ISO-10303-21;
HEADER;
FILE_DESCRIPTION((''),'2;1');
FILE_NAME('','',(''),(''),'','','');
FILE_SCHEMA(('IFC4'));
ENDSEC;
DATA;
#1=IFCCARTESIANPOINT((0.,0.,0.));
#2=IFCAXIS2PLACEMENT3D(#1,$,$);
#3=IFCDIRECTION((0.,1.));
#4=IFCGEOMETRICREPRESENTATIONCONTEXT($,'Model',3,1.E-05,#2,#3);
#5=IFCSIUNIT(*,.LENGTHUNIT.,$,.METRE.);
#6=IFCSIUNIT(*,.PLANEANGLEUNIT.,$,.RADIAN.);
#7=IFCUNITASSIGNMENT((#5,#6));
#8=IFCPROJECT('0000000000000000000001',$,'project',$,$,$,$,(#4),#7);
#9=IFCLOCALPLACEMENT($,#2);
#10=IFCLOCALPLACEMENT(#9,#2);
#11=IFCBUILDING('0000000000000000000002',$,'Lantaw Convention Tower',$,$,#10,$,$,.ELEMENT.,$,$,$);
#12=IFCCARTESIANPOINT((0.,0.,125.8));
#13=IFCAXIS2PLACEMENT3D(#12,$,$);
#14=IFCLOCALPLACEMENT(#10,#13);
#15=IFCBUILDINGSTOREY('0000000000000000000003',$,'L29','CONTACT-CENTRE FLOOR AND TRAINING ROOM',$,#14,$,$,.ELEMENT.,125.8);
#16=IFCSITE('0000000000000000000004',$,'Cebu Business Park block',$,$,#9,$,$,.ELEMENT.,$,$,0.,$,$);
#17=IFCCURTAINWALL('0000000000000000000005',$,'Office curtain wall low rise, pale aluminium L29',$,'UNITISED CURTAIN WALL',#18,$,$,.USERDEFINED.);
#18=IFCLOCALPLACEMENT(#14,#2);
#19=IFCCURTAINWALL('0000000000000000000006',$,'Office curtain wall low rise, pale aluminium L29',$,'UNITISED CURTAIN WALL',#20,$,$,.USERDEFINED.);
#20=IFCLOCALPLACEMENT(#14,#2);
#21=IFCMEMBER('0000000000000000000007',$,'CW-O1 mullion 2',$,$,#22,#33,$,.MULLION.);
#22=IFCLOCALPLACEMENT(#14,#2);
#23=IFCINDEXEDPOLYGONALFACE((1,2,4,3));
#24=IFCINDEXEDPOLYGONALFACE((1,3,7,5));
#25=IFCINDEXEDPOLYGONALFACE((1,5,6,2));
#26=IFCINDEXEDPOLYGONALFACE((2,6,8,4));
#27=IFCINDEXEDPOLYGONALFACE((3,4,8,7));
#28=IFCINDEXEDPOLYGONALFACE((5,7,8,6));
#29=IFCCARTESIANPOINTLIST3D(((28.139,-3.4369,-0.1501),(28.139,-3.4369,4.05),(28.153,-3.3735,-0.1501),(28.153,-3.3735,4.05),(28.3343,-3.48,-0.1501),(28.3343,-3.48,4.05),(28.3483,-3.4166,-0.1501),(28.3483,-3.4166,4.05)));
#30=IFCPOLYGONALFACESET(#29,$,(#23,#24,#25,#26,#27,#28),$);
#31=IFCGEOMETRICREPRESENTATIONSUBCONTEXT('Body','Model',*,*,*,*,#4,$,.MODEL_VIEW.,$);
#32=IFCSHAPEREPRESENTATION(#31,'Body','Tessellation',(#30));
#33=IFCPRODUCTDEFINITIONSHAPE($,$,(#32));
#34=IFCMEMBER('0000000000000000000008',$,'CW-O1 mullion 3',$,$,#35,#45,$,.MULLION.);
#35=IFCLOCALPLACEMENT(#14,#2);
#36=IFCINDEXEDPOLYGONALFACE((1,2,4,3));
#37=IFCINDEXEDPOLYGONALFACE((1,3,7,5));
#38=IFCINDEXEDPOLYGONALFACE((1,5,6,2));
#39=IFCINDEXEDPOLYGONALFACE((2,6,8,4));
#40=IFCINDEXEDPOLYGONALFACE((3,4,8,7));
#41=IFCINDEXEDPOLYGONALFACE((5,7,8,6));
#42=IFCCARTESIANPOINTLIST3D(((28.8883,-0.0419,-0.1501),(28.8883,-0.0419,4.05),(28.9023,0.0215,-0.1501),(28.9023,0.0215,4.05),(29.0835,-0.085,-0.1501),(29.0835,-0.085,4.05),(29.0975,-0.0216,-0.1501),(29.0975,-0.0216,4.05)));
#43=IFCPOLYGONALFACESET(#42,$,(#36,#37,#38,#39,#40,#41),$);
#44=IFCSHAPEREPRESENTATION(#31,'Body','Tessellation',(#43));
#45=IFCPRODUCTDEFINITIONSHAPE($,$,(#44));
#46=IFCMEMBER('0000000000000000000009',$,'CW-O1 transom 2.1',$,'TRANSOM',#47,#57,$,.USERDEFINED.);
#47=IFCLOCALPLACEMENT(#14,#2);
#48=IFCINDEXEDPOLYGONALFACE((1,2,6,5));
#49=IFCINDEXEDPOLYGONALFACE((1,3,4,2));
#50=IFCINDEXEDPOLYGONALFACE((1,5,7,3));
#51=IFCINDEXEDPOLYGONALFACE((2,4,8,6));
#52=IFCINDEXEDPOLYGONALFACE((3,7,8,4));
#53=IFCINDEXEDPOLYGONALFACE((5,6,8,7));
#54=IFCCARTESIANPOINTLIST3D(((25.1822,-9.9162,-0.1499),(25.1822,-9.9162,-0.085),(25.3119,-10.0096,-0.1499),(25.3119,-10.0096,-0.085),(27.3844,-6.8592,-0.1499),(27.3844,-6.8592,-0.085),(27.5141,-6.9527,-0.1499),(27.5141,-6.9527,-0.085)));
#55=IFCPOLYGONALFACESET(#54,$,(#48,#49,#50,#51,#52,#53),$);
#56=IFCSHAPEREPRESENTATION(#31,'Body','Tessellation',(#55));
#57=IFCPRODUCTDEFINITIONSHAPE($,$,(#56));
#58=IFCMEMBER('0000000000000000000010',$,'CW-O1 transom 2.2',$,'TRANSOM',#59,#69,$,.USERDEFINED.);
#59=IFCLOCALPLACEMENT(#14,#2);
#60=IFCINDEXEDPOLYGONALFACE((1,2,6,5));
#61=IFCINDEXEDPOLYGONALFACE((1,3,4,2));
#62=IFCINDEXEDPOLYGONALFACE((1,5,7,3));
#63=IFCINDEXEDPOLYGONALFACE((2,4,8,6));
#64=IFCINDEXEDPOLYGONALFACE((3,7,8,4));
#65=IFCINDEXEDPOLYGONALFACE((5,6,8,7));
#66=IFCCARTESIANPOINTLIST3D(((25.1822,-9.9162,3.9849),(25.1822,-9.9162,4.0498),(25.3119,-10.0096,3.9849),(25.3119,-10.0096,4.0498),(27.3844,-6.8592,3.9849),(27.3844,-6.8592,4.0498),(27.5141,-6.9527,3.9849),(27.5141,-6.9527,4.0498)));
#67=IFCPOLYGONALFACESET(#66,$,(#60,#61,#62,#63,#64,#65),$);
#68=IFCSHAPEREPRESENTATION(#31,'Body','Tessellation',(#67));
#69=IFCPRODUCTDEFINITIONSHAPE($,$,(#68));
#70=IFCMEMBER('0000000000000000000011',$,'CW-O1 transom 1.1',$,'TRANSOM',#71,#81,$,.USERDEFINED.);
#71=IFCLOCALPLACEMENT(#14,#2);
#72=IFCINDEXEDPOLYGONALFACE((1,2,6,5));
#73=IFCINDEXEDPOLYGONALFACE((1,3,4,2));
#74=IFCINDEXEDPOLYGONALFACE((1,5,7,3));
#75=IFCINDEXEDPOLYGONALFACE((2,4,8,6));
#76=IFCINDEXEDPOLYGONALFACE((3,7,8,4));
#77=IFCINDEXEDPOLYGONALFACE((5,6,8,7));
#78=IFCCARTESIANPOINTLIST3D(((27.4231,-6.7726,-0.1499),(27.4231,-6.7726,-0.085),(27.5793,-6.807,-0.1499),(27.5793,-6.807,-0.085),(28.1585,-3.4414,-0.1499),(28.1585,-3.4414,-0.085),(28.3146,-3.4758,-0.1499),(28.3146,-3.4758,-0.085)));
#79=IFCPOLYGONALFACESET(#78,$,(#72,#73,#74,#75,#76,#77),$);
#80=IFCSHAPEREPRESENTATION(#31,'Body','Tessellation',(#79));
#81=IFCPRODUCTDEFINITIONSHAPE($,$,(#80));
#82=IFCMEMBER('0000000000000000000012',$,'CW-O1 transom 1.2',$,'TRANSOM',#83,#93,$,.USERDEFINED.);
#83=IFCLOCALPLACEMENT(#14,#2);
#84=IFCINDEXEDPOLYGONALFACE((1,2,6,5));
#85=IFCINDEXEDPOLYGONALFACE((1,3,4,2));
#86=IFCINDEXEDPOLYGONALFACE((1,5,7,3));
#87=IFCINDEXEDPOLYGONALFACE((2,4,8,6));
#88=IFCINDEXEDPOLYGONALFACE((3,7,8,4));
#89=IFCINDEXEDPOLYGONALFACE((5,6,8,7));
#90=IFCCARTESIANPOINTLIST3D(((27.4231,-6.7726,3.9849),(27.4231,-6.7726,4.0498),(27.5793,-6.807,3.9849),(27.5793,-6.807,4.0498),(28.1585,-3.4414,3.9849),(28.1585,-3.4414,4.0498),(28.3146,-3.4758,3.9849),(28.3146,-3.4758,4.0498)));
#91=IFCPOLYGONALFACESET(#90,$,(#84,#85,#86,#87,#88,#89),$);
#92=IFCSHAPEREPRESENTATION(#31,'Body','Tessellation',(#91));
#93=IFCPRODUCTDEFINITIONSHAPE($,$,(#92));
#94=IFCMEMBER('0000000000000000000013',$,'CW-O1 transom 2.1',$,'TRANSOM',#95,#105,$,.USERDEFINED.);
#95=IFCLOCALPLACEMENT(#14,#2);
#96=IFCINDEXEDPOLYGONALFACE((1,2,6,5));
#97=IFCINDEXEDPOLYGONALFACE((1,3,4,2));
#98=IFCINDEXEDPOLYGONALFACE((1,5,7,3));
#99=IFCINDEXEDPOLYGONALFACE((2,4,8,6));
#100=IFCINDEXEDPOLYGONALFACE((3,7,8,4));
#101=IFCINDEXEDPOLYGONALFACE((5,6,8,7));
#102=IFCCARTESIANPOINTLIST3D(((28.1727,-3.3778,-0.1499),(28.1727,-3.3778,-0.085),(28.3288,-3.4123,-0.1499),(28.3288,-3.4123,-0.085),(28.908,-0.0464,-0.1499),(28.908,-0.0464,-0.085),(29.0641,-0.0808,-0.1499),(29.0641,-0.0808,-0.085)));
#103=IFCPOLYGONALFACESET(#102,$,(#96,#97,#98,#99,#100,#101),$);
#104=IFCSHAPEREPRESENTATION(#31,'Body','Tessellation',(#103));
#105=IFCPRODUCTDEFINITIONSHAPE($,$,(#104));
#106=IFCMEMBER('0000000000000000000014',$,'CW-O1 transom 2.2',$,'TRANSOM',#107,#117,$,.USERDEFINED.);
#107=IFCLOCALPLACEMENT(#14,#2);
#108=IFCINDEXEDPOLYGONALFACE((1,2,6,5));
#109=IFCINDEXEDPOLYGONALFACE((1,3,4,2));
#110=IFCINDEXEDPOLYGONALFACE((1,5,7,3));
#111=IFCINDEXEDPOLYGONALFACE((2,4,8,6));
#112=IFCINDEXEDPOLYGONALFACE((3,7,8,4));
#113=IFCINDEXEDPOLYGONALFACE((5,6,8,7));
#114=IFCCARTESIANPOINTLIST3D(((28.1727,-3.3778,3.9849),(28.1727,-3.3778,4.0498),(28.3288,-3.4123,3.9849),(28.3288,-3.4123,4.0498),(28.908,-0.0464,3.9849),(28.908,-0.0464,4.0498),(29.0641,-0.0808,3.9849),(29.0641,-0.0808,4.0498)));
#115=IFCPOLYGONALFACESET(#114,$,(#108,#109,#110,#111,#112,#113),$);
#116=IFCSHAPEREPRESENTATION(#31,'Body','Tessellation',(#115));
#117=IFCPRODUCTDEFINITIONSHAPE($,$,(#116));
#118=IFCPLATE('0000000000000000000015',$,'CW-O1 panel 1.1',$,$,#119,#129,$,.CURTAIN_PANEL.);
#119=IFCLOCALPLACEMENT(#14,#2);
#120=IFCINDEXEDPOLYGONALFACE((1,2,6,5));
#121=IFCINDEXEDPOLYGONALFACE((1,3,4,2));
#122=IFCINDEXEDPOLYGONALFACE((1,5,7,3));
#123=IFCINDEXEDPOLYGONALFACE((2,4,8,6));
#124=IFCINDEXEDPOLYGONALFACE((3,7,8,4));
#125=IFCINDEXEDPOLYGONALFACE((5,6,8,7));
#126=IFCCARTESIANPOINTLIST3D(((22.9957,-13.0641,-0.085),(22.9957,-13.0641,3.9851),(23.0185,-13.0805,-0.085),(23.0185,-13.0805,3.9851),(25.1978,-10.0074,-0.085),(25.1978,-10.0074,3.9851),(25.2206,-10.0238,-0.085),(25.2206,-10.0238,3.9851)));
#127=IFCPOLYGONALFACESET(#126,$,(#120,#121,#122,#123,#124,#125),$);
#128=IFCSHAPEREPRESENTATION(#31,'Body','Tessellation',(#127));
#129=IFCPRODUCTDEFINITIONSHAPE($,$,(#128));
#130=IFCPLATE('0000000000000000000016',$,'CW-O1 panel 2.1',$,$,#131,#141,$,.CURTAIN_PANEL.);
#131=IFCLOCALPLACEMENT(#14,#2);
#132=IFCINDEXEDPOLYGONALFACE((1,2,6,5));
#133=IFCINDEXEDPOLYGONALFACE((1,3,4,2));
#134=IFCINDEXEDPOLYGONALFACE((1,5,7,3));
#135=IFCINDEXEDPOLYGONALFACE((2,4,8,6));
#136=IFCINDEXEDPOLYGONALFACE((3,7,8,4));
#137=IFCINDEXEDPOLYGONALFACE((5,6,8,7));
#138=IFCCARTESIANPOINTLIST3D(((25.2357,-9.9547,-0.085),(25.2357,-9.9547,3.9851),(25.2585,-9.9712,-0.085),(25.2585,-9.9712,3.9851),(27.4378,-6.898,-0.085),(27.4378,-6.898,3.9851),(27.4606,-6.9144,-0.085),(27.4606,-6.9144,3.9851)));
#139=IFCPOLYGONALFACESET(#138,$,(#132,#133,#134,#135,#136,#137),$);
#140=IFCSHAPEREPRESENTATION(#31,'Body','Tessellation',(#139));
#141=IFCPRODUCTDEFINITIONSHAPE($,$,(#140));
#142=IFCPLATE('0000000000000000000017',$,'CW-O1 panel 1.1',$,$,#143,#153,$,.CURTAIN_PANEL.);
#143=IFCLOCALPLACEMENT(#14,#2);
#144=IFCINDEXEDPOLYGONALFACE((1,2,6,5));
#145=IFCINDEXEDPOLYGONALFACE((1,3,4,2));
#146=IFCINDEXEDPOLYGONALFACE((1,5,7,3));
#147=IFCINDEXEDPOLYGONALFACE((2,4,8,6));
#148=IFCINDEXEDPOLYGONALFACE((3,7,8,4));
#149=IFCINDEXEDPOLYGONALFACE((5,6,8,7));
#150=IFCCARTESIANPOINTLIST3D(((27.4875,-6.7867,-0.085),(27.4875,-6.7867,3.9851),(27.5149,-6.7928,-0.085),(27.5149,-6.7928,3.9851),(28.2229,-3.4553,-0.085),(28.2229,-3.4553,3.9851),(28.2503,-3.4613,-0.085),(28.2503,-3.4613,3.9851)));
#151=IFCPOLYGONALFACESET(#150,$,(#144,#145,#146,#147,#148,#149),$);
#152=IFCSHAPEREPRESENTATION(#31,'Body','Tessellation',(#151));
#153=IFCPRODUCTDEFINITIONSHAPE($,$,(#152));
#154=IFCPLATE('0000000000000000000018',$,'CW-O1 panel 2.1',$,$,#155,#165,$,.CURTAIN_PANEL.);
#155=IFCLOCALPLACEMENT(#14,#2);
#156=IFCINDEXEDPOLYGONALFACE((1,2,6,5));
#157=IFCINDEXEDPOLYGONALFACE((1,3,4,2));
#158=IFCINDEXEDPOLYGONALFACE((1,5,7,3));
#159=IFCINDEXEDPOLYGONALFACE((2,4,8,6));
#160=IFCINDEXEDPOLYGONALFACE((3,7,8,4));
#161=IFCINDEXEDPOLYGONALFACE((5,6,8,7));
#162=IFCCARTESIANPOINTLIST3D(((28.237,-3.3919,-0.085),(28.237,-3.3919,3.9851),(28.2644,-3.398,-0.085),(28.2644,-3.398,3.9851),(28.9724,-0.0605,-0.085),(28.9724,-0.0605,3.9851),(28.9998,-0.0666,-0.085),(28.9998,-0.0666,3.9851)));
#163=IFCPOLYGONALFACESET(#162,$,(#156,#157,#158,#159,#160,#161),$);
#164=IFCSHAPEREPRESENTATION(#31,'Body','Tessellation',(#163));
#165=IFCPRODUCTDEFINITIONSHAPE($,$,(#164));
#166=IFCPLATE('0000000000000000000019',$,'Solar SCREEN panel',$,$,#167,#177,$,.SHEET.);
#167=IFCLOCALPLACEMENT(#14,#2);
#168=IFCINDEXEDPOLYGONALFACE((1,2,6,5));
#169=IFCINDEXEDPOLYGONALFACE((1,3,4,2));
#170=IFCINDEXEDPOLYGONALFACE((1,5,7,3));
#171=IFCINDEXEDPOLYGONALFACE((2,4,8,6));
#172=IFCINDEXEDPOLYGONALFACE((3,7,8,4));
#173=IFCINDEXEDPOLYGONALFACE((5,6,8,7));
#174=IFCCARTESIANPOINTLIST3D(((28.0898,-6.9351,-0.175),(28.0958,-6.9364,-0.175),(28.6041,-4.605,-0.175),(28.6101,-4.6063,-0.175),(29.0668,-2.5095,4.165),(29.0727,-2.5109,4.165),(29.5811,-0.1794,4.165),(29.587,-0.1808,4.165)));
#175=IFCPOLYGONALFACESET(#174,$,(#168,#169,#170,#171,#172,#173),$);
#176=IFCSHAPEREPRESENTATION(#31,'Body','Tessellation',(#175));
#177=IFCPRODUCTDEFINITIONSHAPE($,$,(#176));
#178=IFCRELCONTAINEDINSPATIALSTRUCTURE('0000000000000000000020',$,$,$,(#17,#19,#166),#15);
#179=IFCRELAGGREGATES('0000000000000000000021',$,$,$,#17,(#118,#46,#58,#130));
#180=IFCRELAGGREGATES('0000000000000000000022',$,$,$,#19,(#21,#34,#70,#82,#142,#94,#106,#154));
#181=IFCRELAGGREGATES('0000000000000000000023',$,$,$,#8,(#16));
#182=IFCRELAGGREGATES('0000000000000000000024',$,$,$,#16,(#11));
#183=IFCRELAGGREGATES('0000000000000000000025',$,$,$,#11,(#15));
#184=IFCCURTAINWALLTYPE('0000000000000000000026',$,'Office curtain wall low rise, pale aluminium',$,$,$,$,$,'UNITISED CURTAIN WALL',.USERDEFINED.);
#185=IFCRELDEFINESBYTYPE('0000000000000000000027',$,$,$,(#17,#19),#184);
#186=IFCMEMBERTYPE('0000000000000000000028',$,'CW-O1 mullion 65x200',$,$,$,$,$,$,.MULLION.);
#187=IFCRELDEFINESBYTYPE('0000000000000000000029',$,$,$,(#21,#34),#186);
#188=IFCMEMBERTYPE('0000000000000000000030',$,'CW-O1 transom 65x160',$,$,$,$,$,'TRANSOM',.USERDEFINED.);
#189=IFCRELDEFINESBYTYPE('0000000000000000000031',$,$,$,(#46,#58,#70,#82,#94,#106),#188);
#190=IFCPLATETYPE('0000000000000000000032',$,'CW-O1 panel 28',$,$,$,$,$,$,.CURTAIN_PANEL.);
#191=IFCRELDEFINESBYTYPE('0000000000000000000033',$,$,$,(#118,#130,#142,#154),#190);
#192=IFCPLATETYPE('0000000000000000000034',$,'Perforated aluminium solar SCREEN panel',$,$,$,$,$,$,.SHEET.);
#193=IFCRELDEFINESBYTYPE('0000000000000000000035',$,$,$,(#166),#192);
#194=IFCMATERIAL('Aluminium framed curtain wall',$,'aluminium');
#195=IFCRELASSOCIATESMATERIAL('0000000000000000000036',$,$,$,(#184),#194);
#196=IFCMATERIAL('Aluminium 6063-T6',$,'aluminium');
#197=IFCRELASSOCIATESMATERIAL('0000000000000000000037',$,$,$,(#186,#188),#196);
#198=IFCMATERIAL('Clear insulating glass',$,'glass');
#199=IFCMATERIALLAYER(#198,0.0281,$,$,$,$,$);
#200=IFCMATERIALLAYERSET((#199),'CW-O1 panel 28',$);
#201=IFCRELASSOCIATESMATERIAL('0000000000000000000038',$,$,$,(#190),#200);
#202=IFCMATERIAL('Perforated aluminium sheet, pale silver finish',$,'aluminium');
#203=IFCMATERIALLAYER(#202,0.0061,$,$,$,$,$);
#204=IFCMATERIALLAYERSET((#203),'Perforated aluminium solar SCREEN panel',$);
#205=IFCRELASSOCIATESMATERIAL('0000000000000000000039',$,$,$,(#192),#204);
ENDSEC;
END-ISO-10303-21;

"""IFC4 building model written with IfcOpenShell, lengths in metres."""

from ifc_helpers import new_model, si_unit, direction, frame, origin, origin_2d, place, context, subcontext, project, spatial, polyline, rectangle, outline, extrude, material, layer, layer_set, material_profile, profile_set, type_object, element, aggregate, save


model = new_model("IFC4")

# Units and contexts
model_context = context("Model", 3, precision=1e-05, world=origin(), true_north=direction((0.0, 1.0)))
body_context = subcontext(model_context, "Body", "Model", "MODEL_VIEW")
ifc_project = project(units=[si_unit("LENGTHUNIT", "METRE"), si_unit("PLANEANGLEUNIT", "RADIAN")], contexts=[model_context])

# Site, building, storey
site_placement = place(None, origin())
site = spatial("IfcSite", under=ifc_project, at=site_placement, Name="Cebu Business Park block", CompositionType="ELEMENT", RefElevation=0.0)
building_placement = place(site_placement, origin())
building = spatial("IfcBuilding", under=site, at=building_placement, Name="Lantaw Convention Tower", CompositionType="ELEMENT")
storey_placement = place(building_placement, frame((0.0, 0.0, 125.8)))
storey = spatial("IfcBuildingStorey", under=building, at=storey_placement, Name="L29", Description="CONTACT-CENTRE FLOOR AND TRAINING ROOM", CompositionType="ELEMENT", Elevation=125.8)

# Curtain walls, members
ifc_material_1 = material(Name="Aluminium framed curtain wall", Category="aluminium")
curtain_wall_type = type_object("IfcCurtainWallType", Name="Office curtain wall low rise, pale aluminium", ElementType="UNITISED CURTAIN WALL", PredefinedType="USERDEFINED", material=ifc_material_1)
curtain_wall_1_placement = place(storey_placement, origin())
curtain_wall_1 = element("IfcCurtainWall", 1, at=curtain_wall_1_placement, inside=storey, type_object=curtain_wall_type, Name="Office curtain wall low rise, pale aluminium L29", ObjectType="UNITISED CURTAIN WALL", PredefinedType="USERDEFINED")
ifc_material_2 = material(Name="Aluminium 6063-T6", Category="aluminium")
ifc_material_profile_1 = material_profile(ifc_material_2, rectangle(XDim=0.2, YDim=0.0649, at=origin_2d()), Name="CW-O1 mullion 65x200")
ifc_profile_set_1 = profile_set([ifc_material_profile_1], Name="Aluminium 6063-T6")
member_type_1 = type_object("IfcMemberType", Name="CW-O1 mullion 65x200", PredefinedType="MULLION", material=ifc_profile_set_1)
curtain_wall_2_placement = place(storey_placement, origin())
curtain_wall_2 = element("IfcCurtainWall", 2, at=curtain_wall_2_placement, inside=storey, type_object=curtain_wall_type, Name="Office curtain wall low rise, pale aluminium L29", ObjectType="UNITISED CURTAIN WALL", PredefinedType="USERDEFINED")
member_1_placement = place(storey_placement, frame((28.2437, -3.4268, -0.1501), z_axis=(0.0, 0.0, 1.0), x_axis=(-0.976494, 0.215546, 0.0)))
member_1 = element("IfcMember", 3, at=member_1_placement, type_object=member_type_1, Name="CW-O1 mullion 2", PredefinedType="MULLION", context=body_context, shape_type="SweptSolid", body=[
    extrude(rectangle(XDim=0.2, YDim=0.0649, at=origin_2d()), origin(), (0.0, 0.0, 1.0), 4.2002),
])
member_2_placement = place(storey_placement, frame((28.9929, -0.0317, -0.1501), z_axis=(0.0, 0.0, 1.0), x_axis=(-0.976494, 0.215546, 0.0)))
member_2 = element("IfcMember", 4, at=member_2_placement, type_object=member_type_1, Name="CW-O1 mullion 3", PredefinedType="MULLION", context=body_context, shape_type="SweptSolid", body=[
    extrude(rectangle(XDim=0.2, YDim=0.0649, at=origin_2d()), origin(), (0.0, 0.0, 1.0), 4.2002),
])

# Members
ifc_material_profile_2 = material_profile(ifc_material_2, rectangle(XDim=0.1599, YDim=0.0649, at=origin_2d()), Name="CW-O1 transom 65x160")
ifc_profile_set_2 = profile_set([ifc_material_profile_2], Name="Aluminium 6063-T6")
member_type_2 = type_object("IfcMemberType", Name="CW-O1 transom 65x160", ElementType="TRANSOM", PredefinedType="USERDEFINED", material=ifc_profile_set_2)
member_3_placement = place(storey_placement, frame((25.2471, -9.9629, -0.1174), z_axis=(0.584513, 0.811384, 0.0), x_axis=(-0.811384, 0.584513, 0.0)))
member_3 = element("IfcMember", 5, at=member_3_placement, type_object=member_type_2, Name="CW-O1 transom 2.1", ObjectType="TRANSOM", PredefinedType="USERDEFINED", context=body_context, shape_type="SweptSolid", body=[
    extrude(rectangle(XDim=0.1599, YDim=0.0649, at=origin_2d()), origin(), (0.0, 0.0, 1.0), 3.7676),
])
member_4_placement = place(storey_placement, frame((25.2471, -9.9629, 4.0173), z_axis=(0.584513, 0.811384, 0.0), x_axis=(-0.811384, 0.584513, 0.0)))
member_4 = element("IfcMember", 6, at=member_4_placement, type_object=member_type_2, Name="CW-O1 transom 2.2", ObjectType="TRANSOM", PredefinedType="USERDEFINED", context=body_context, shape_type="SweptSolid", body=[
    extrude(rectangle(XDim=0.1599, YDim=0.0649, at=origin_2d()), origin(), (0.0, 0.0, 1.0), 3.7676),
])
member_5_placement = place(storey_placement, frame((27.5012, -6.7898, -0.1174), z_axis=(0.215551, 0.976493, 0.0), x_axis=(-0.976493, 0.215551, 0.0)))
member_5 = element("IfcMember", 7, at=member_5_placement, type_object=member_type_2, Name="CW-O1 transom 1.1", ObjectType="TRANSOM", PredefinedType="USERDEFINED", context=body_context, shape_type="SweptSolid", body=[
    extrude(rectangle(XDim=0.1599, YDim=0.0649, at=origin_2d()), origin(), (0.0, 0.0, 1.0), 3.4114),
])
member_6_placement = place(storey_placement, frame((27.5012, -6.7898, 4.0173), z_axis=(0.215551, 0.976493, 0.0), x_axis=(-0.976493, 0.215551, 0.0)))
member_6 = element("IfcMember", 8, at=member_6_placement, type_object=member_type_2, Name="CW-O1 transom 1.2", ObjectType="TRANSOM", PredefinedType="USERDEFINED", context=body_context, shape_type="SweptSolid", body=[
    extrude(rectangle(XDim=0.1599, YDim=0.0649, at=origin_2d()), origin(), (0.0, 0.0, 1.0), 3.4114),
])
member_7_placement = place(storey_placement, frame((28.2507, -3.395, -0.1174), z_axis=(0.215536, 0.976496, 0.0), x_axis=(-0.976496, 0.215536, 0.0)))
member_7 = element("IfcMember", 9, at=member_7_placement, type_object=member_type_2, Name="CW-O1 transom 2.1", ObjectType="TRANSOM", PredefinedType="USERDEFINED", context=body_context, shape_type="SweptSolid", body=[
    extrude(rectangle(XDim=0.1599, YDim=0.0649, at=origin_2d()), origin(), (0.0, 0.0, 1.0), 3.4116),
])
member_8_placement = place(storey_placement, frame((28.2507, -3.395, 4.0173), z_axis=(0.215536, 0.976496, 0.0), x_axis=(-0.976496, 0.215536, 0.0)))
member_8 = element("IfcMember", 10, at=member_8_placement, type_object=member_type_2, Name="CW-O1 transom 2.2", ObjectType="TRANSOM", PredefinedType="USERDEFINED", context=body_context, shape_type="SweptSolid", body=[
    extrude(rectangle(XDim=0.1599, YDim=0.0649, at=origin_2d()), origin(), (0.0, 0.0, 1.0), 3.4116),
])

# Plates
ifc_material_3 = material(Name="Clear insulating glass", Category="glass")
ifc_layer_1 = layer(ifc_material_3, 0.0281)
ifc_layer_set_1 = layer_set([ifc_layer_1], Name="CW-O1 panel 28")
plate_type_1 = type_object("IfcPlateType", Name="CW-O1 panel 28", PredefinedType="CURTAIN_PANEL", material=ifc_layer_set_1)
plate_1_placement = place(storey_placement, frame((24.1082, -11.5439, -0.085), z_axis=(0.0, 0.0, 1.0), x_axis=(0.584513, 0.811385, 0.0)))
plate_1 = element("IfcPlate", 11, at=plate_1_placement, type_object=plate_type_1, Name="CW-O1 panel 1.1", PredefinedType="CURTAIN_PANEL", context=body_context, shape_type="SweptSolid", body=[
    extrude(rectangle(XDim=3.7673, YDim=0.0281, at=origin_2d()), origin(), (0.0, 0.0, 1.0), 4.0701),
])
plate_2_placement = place(storey_placement, frame((26.3481, -8.4346, -0.085), z_axis=(0.0, 0.0, 1.0), x_axis=(0.584513, 0.811385, 0.0)))
plate_2 = element("IfcPlate", 12, at=plate_2_placement, type_object=plate_type_1, Name="CW-O1 panel 2.1", PredefinedType="CURTAIN_PANEL", context=body_context, shape_type="SweptSolid", body=[
    extrude(rectangle(XDim=3.7673, YDim=0.0281, at=origin_2d()), origin(), (0.0, 0.0, 1.0), 4.0701),
])
aggregate(curtain_wall_1, [plate_1, member_3, member_4, plate_2])
plate_3_placement = place(storey_placement, frame((27.8689, -5.124, -0.085), z_axis=(0.0, 0.0, 1.0), x_axis=(0.215546, 0.976494, 0.0)))
plate_3 = element("IfcPlate", 13, at=plate_3_placement, type_object=plate_type_1, Name="CW-O1 panel 1.1", PredefinedType="CURTAIN_PANEL", context=body_context, shape_type="SweptSolid", body=[
    extrude(rectangle(XDim=3.4116, YDim=0.0281, at=origin_2d()), origin(), (0.0, 0.0, 1.0), 4.0701),
])
plate_4_placement = place(storey_placement, frame((28.6184, -1.7292, -0.085), z_axis=(0.0, 0.0, 1.0), x_axis=(0.215546, 0.976494, 0.0)))
plate_4 = element("IfcPlate", 14, at=plate_4_placement, type_object=plate_type_1, Name="CW-O1 panel 2.1", PredefinedType="CURTAIN_PANEL", context=body_context, shape_type="SweptSolid", body=[
    extrude(rectangle(XDim=3.4116, YDim=0.0281, at=origin_2d()), origin(), (0.0, 0.0, 1.0), 4.0701),
])
aggregate(curtain_wall_2, [member_1, member_2, member_5, member_6, plate_3, member_7, member_8, plate_4])
ifc_material_4 = material(Name="Perforated aluminium sheet, pale silver finish", Category="aluminium")
ifc_layer_2 = layer(ifc_material_4, 0.0061)
ifc_layer_set_2 = layer_set([ifc_layer_2], Name="Perforated aluminium solar SCREEN panel")
plate_type_2 = type_object("IfcPlateType", Name="Perforated aluminium solar SCREEN panel", PredefinedType="SHEET", material=ifc_layer_set_2)
plate_5_placement = place(storey_placement, frame((28.0898, -6.9351, -0.175), z_axis=(-0.976498, 0.215527, 0.000033), x_axis=(0.215527, 0.976498, 0.0)))
element("IfcPlate", 15, at=plate_5_placement, inside=storey, type_object=plate_type_2, Name="Solar SCREEN panel", PredefinedType="SHEET", context=body_context, shape_type="SweptSolid", body=[
    extrude(outline(polyline([(0.0, 0.0), (2.3861, 0.0), (6.9182, -4.3401), (4.5321, -4.3401), (0.0, 0.0)])), origin(), (0.0, 0.0, -1.0), 0.0061),
])

save(model, "model.ifc")
